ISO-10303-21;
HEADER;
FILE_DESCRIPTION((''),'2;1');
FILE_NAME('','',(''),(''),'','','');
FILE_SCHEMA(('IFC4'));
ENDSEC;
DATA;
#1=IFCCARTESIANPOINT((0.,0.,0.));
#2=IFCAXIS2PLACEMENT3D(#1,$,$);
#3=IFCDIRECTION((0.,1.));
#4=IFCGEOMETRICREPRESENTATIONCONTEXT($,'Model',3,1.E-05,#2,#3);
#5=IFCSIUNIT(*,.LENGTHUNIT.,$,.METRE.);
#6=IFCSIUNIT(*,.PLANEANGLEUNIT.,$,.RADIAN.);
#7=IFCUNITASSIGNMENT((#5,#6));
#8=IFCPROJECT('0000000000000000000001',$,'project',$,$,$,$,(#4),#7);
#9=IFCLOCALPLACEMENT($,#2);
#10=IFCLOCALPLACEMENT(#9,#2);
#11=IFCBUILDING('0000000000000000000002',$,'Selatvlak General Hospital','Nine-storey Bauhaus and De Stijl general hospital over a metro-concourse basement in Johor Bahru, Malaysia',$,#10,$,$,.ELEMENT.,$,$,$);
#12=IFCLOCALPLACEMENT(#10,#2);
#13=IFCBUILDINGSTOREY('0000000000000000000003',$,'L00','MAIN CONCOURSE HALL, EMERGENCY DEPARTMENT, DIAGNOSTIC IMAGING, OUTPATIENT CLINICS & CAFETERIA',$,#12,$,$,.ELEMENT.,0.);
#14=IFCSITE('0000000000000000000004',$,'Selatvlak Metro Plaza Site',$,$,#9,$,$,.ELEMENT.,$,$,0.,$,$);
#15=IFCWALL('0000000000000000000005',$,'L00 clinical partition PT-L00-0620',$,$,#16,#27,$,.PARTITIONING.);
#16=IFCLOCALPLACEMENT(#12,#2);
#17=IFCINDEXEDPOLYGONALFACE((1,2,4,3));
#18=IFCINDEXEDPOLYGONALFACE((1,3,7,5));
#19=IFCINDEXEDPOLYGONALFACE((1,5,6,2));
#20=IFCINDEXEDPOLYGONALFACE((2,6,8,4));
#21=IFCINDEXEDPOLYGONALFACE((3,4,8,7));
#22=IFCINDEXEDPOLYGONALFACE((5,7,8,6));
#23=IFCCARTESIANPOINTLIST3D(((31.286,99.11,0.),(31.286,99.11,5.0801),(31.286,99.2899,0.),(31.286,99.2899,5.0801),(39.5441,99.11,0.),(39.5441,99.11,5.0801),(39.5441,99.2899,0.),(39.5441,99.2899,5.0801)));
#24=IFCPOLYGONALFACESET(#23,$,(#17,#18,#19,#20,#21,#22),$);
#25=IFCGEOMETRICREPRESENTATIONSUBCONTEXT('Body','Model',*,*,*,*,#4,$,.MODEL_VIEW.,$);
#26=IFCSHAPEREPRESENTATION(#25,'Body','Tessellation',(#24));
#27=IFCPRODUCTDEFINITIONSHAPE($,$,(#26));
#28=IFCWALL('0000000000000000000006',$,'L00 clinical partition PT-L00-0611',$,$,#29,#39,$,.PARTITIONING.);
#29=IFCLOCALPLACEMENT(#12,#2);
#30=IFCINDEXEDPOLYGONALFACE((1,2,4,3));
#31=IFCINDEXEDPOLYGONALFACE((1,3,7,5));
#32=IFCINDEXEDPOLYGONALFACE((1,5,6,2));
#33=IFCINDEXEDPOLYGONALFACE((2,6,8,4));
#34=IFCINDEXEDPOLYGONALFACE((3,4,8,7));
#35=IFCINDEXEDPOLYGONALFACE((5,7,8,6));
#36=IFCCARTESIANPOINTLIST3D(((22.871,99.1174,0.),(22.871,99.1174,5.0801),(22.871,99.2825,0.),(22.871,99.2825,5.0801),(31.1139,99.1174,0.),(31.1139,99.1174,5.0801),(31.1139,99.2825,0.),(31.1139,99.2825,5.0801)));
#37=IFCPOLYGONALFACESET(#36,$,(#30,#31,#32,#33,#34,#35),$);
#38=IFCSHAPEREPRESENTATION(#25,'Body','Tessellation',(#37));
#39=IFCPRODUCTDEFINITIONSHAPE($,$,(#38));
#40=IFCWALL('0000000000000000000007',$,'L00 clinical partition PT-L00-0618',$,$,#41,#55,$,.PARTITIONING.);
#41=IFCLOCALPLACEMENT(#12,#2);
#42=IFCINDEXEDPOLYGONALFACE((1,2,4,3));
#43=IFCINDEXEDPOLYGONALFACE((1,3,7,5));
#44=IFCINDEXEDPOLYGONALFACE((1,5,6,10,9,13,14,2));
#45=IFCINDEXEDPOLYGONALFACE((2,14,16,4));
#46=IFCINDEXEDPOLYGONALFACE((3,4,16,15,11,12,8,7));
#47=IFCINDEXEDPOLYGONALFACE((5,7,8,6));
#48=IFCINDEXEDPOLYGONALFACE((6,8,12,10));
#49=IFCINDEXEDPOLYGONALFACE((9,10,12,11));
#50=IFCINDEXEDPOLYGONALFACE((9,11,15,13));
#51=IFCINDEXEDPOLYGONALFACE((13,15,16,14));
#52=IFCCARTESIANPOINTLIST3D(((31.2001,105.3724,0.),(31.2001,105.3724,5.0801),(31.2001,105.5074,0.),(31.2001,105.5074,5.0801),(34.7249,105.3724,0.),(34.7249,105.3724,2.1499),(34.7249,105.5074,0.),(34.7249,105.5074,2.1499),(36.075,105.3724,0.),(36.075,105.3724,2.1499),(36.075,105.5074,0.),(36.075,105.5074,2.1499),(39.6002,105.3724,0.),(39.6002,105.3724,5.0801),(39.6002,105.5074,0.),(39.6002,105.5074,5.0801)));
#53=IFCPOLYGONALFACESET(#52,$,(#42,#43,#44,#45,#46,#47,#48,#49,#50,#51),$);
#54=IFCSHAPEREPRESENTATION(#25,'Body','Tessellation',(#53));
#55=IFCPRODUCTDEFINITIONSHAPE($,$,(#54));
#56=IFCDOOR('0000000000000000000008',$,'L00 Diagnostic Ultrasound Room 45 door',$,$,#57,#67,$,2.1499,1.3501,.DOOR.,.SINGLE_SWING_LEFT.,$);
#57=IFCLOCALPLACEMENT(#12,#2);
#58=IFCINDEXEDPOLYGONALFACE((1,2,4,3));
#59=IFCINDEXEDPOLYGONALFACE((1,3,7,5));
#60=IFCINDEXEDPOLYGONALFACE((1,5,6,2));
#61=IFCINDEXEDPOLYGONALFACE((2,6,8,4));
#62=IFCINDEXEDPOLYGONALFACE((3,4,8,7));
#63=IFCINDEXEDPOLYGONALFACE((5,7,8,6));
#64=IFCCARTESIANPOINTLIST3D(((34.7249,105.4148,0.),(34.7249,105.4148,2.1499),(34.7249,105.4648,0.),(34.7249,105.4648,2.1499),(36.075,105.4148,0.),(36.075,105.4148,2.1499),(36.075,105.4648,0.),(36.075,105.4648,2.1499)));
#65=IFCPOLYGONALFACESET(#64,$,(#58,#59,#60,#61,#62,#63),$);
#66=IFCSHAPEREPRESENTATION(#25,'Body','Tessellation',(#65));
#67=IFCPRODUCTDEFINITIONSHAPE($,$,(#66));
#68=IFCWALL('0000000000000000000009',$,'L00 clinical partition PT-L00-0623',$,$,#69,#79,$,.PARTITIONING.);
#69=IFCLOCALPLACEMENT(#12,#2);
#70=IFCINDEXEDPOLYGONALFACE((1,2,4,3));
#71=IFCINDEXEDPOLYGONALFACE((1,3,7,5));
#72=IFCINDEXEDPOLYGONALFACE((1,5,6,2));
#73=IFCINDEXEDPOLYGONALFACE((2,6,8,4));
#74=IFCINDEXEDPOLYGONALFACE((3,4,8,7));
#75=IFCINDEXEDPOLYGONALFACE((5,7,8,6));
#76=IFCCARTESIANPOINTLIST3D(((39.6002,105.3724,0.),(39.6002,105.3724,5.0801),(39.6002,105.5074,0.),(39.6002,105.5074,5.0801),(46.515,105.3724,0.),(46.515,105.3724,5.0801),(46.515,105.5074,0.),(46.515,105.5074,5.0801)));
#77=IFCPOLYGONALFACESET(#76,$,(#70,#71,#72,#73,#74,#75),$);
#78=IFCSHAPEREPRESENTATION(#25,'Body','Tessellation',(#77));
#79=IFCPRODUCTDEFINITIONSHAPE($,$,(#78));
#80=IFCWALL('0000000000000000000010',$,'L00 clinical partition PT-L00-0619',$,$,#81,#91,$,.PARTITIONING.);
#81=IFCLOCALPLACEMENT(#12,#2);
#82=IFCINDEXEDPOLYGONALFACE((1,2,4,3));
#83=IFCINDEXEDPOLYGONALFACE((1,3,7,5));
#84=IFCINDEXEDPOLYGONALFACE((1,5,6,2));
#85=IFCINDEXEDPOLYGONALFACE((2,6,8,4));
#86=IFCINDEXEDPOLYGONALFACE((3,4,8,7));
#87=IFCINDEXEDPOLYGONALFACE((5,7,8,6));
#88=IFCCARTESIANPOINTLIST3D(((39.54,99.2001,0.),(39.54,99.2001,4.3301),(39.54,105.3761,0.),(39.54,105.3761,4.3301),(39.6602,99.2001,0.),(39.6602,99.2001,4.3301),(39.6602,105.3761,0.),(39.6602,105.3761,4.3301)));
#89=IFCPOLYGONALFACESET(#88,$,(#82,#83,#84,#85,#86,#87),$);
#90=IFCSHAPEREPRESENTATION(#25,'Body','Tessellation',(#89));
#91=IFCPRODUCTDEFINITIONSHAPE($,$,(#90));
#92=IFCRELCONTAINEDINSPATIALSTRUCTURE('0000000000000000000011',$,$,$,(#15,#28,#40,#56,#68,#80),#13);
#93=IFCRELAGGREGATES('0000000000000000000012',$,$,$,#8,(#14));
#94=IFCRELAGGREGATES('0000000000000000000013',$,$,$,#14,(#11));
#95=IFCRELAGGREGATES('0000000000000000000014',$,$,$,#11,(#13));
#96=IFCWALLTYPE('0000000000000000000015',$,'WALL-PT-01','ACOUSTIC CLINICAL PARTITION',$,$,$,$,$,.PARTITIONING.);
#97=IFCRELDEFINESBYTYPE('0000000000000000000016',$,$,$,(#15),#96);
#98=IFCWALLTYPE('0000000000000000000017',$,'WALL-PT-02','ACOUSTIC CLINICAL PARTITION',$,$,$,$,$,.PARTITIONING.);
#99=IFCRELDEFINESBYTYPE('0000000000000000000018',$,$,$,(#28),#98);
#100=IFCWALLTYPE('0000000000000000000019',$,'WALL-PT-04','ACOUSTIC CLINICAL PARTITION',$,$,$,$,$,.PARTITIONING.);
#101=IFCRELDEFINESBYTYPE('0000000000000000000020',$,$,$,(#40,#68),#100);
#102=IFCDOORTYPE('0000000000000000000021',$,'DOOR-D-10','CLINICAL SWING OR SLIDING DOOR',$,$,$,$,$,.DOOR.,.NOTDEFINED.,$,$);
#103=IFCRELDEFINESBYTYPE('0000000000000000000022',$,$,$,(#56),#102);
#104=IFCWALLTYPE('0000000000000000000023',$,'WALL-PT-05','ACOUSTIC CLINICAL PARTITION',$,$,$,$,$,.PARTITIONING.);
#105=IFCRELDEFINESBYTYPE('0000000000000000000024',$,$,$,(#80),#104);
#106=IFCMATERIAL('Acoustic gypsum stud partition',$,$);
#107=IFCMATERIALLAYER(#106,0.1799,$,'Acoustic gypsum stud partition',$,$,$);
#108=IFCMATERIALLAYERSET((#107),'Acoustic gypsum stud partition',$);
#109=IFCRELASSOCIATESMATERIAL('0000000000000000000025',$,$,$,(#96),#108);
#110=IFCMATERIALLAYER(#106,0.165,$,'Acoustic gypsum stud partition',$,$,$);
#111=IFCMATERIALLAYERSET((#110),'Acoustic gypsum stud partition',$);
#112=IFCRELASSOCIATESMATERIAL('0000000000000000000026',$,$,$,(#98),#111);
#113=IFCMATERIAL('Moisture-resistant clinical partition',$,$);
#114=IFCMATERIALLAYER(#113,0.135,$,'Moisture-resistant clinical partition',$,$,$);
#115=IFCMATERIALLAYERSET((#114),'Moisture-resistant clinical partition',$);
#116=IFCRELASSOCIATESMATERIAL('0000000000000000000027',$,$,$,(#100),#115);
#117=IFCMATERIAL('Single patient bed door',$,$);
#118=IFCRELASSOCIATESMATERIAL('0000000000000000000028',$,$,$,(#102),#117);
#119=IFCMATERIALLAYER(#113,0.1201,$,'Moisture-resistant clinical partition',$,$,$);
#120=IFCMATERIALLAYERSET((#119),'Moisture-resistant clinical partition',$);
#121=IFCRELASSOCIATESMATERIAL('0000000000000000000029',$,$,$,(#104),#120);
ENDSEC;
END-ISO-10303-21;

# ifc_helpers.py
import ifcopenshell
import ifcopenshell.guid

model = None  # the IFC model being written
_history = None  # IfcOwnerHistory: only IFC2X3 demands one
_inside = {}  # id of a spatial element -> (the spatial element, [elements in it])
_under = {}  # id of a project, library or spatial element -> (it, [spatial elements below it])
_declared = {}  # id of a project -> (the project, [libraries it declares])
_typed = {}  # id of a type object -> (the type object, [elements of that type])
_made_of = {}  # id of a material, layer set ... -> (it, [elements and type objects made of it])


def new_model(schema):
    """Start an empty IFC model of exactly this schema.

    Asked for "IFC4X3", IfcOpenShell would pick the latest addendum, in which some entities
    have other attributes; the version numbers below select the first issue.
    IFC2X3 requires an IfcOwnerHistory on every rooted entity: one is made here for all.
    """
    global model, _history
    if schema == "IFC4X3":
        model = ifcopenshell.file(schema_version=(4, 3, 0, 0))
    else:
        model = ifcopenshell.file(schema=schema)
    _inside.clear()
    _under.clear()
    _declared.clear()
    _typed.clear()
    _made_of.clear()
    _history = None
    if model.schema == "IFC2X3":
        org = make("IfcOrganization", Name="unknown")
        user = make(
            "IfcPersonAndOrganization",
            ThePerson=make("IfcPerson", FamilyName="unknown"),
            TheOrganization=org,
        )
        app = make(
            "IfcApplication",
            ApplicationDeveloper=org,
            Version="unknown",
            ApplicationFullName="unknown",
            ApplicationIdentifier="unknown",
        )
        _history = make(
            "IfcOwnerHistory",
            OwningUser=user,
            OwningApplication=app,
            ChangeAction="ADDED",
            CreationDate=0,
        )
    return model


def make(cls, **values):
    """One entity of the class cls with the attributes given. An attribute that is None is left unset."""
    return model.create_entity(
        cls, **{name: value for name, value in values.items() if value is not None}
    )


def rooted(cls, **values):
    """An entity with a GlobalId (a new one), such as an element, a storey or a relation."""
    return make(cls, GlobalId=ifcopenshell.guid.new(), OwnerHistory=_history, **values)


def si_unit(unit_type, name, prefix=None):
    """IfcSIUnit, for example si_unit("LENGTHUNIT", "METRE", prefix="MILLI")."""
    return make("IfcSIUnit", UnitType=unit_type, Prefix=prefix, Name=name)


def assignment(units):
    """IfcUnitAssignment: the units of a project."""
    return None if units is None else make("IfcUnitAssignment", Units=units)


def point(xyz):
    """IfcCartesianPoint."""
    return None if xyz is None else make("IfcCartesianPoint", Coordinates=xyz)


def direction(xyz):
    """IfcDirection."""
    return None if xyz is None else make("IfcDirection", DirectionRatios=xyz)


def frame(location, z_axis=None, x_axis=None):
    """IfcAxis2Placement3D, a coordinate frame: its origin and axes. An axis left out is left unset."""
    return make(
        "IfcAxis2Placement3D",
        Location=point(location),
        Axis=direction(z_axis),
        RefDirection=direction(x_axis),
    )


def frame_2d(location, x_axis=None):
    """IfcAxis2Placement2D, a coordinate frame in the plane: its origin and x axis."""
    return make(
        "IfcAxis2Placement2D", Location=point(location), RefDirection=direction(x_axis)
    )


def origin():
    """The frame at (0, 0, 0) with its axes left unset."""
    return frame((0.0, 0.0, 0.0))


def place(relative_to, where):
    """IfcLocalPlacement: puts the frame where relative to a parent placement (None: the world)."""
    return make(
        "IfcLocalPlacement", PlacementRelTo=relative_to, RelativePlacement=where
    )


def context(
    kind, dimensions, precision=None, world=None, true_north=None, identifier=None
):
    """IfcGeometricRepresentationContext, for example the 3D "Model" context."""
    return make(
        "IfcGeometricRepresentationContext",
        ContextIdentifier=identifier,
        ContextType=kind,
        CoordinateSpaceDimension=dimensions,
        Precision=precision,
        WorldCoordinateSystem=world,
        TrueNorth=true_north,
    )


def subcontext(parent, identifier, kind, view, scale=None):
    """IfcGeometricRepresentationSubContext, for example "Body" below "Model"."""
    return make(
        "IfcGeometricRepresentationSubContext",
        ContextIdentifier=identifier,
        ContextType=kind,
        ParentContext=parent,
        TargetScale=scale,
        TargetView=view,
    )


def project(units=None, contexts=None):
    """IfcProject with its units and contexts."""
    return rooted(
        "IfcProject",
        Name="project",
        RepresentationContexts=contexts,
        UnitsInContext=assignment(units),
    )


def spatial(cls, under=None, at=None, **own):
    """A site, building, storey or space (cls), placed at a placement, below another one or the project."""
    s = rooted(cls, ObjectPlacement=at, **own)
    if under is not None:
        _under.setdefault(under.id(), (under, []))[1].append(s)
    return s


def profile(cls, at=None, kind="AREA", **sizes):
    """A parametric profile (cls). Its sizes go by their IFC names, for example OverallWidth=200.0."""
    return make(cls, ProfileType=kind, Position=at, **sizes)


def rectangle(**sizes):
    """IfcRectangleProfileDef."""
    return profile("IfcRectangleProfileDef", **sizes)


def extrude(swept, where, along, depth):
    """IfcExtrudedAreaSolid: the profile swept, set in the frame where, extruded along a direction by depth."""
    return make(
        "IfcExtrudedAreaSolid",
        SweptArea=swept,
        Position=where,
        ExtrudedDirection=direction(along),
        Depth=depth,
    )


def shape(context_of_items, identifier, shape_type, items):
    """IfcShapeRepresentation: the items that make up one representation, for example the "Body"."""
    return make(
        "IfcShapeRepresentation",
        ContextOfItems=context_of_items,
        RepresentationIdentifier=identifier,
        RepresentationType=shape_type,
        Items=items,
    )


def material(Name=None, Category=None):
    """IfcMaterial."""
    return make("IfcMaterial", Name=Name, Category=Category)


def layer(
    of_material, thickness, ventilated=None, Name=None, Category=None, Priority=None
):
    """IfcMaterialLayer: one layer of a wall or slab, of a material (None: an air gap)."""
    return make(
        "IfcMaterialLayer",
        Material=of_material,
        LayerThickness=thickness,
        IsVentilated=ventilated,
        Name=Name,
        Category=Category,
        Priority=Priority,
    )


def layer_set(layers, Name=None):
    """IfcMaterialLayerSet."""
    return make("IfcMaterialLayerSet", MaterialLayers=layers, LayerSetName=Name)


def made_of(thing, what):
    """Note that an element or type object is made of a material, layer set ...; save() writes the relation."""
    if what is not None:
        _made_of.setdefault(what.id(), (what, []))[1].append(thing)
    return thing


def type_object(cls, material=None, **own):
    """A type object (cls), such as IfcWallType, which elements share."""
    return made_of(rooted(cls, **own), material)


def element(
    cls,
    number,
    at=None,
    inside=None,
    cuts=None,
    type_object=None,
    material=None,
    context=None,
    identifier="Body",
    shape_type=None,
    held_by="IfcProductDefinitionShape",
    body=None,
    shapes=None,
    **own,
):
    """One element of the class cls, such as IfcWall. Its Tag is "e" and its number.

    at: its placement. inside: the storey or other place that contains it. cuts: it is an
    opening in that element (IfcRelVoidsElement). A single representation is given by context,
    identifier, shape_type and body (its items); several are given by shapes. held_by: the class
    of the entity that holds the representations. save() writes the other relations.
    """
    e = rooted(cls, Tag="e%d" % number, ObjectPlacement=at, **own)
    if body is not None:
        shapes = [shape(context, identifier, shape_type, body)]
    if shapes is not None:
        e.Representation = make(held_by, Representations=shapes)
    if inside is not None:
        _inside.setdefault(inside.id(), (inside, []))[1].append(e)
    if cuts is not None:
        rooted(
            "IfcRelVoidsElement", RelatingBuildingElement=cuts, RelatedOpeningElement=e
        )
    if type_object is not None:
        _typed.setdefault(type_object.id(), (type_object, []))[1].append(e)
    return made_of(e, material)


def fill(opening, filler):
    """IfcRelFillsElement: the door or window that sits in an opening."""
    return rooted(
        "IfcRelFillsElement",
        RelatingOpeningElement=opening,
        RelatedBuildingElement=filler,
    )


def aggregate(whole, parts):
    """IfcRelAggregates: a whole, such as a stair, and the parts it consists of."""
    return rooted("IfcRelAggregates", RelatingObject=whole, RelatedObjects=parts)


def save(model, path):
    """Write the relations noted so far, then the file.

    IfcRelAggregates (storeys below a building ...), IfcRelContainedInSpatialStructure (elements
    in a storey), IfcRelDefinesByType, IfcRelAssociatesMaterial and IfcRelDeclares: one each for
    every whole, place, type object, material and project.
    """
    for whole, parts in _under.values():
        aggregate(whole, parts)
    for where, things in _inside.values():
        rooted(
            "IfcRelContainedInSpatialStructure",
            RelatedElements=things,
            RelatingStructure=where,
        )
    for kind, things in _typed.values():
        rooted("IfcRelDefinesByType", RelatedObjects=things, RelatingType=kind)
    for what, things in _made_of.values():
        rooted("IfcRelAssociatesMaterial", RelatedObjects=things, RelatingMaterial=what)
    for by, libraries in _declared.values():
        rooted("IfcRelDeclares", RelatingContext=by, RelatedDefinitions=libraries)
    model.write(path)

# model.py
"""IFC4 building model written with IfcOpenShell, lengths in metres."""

from ifc_helpers import new_model, si_unit, direction, frame, frame_2d, origin, place, context, subcontext, project, spatial, rectangle, extrude, material, layer, layer_set, type_object, element, fill, save


model = new_model("IFC4")

# Units and contexts
model_context = context("Model", 3, precision=1e-05, world=origin(), true_north=direction((0.0, 1.0)))
body_context = subcontext(model_context, "Body", "Model", "MODEL_VIEW")
ifc_project = project(units=[si_unit("LENGTHUNIT", "METRE"), si_unit("PLANEANGLEUNIT", "RADIAN")], contexts=[model_context])

# Site, building, storey
site_placement = place(None, origin())
site = spatial("IfcSite", under=ifc_project, at=site_placement, Name="Selatvlak Metro Plaza Site", CompositionType="ELEMENT", RefElevation=0.0)
building_placement = place(site_placement, origin())
building = spatial("IfcBuilding", under=site, at=building_placement, Name="Selatvlak General Hospital", Description="Nine-storey Bauhaus and De Stijl general hospital over a metro-concourse basement in Johor Bahru, Malaysia", CompositionType="ELEMENT")
storey_placement = place(building_placement, origin())
storey = spatial("IfcBuildingStorey", under=building, at=storey_placement, Name="L00", Description="MAIN CONCOURSE HALL, EMERGENCY DEPARTMENT, DIAGNOSTIC IMAGING, OUTPATIENT CLINICS & CAFETERIA", CompositionType="ELEMENT", Elevation=0.0)

# Walls
ifc_material_1 = material(Name="Acoustic gypsum stud partition")
ifc_layer_1 = layer(ifc_material_1, 0.1799, Name="Acoustic gypsum stud partition")
ifc_layer_set_1 = layer_set([ifc_layer_1], Name="Acoustic gypsum stud partition")
wall_type_1 = type_object("IfcWallType", Name="WALL-PT-01", Description="ACOUSTIC CLINICAL PARTITION", PredefinedType="PARTITIONING", material=ifc_layer_set_1)
wall_1_placement = place(storey_placement, frame((39.5439, 99.2, 0.0), z_axis=(0.0, 0.0, 1.0), x_axis=(-1.0, 0.0, 0.0)))
element("IfcWall", 1, at=wall_1_placement, inside=storey, type_object=wall_type_1, Name="L00 clinical partition PT-L00-0620", PredefinedType="PARTITIONING", context=body_context, shape_type="SweptSolid", body=[
    extrude(rectangle(XDim=8.2581, YDim=0.1799, at=frame_2d((4.1289, 0.0))), origin(), (0.0, 0.0, 1.0), 5.0801),
])
ifc_layer_2 = layer(ifc_material_1, 0.165, Name="Acoustic gypsum stud partition")
ifc_layer_set_2 = layer_set([ifc_layer_2], Name="Acoustic gypsum stud partition")
wall_type_2 = type_object("IfcWallType", Name="WALL-PT-02", Description="ACOUSTIC CLINICAL PARTITION", PredefinedType="PARTITIONING", material=ifc_layer_set_2)
wall_2_placement = place(storey_placement, frame((31.114, 99.2, 0.0), z_axis=(0.0, 0.0, 1.0), x_axis=(-1.0, 0.0, 0.0)))
element("IfcWall", 2, at=wall_2_placement, inside=storey, type_object=wall_type_2, Name="L00 clinical partition PT-L00-0611", PredefinedType="PARTITIONING", context=body_context, shape_type="SweptSolid", body=[
    extrude(rectangle(XDim=8.2429, YDim=0.165, at=frame_2d((4.1216, 0.0))), origin(), (0.0, 0.0, 1.0), 5.0801),
])

# Wall, opening, door
ifc_material_2 = material(Name="Moisture-resistant clinical partition")
ifc_layer_3 = layer(ifc_material_2, 0.135, Name="Moisture-resistant clinical partition")
ifc_layer_set_3 = layer_set([ifc_layer_3], Name="Moisture-resistant clinical partition")
wall_type_3 = type_object("IfcWallType", Name="WALL-PT-04", Description="ACOUSTIC CLINICAL PARTITION", PredefinedType="PARTITIONING", material=ifc_layer_set_3)
wall_3_placement = place(storey_placement, frame((31.2, 105.4399, 0.0), z_axis=(0.0, 0.0, 1.0), x_axis=(1.0, 0.0, 0.0)))
wall_3 = element("IfcWall", 3, at=wall_3_placement, inside=storey, type_object=wall_type_3, Name="L00 clinical partition PT-L00-0618", PredefinedType="PARTITIONING", context=body_context, shape_type="SweptSolid", body=[
    extrude(rectangle(XDim=8.4001, YDim=0.135, at=frame_2d((4.2002, 0.0))), origin(), (0.0, 0.0, 1.0), 5.0801),
])
opening_placement = place(wall_3_placement, frame((3.5249, 0.0, 0.0)))
opening = element("IfcOpeningElement", 4, at=opening_placement, cuts=wall_3, PredefinedType="OPENING", context=body_context, shape_type="SweptSolid", body=[
    extrude(rectangle(XDim=1.3501, YDim=2.1499, at=frame_2d((0.675, 1.075))), frame((0.0, 0.0774, 0.0), z_axis=(0.0, -1.0, 0.0), x_axis=(1.0, 0.0, 0.0)), (0.0, 0.0, 1.0), 0.155),
])
ifc_material_3 = material(Name="Single patient bed door")
door_type = type_object("IfcDoorType", Name="DOOR-D-10", Description="CLINICAL SWING OR SLIDING DOOR", OperationType="NOTDEFINED", PredefinedType="DOOR", material=ifc_material_3)
door_placement = place(opening_placement, origin())
door = element("IfcDoor", 5, at=door_placement, inside=storey, type_object=door_type, Name="L00 Diagnostic Ultrasound Room 45 door", OperationType="SINGLE_SWING_LEFT", OverallHeight=2.1499, OverallWidth=1.3501, PredefinedType="DOOR", context=body_context, shape_type="SweptSolid", body=[
    extrude(rectangle(XDim=1.3501, YDim=2.1499, at=frame_2d((0.675, 1.075))), frame((0.0, 0.0249, 0.0), z_axis=(0.0, -1.0, 0.0), x_axis=(1.0, 0.0, 0.0)), (0.0, 0.0, 1.0), 0.05),
])
fill(opening, door)

# Walls
wall_4_placement = place(storey_placement, frame((39.6001, 105.4399, 0.0), z_axis=(0.0, 0.0, 1.0), x_axis=(1.0, 0.0, 0.0)))
element("IfcWall", 6, at=wall_4_placement, inside=storey, type_object=wall_type_3, Name="L00 clinical partition PT-L00-0623", PredefinedType="PARTITIONING", context=body_context, shape_type="SweptSolid", body=[
    extrude(rectangle(XDim=6.9148, YDim=0.135, at=frame_2d((3.4575, 0.0))), origin(), (0.0, 0.0, 1.0), 5.0801),
])
ifc_layer_4 = layer(ifc_material_2, 0.1201, Name="Moisture-resistant clinical partition")
ifc_layer_set_4 = layer_set([ifc_layer_4], Name="Moisture-resistant clinical partition")
wall_type_4 = type_object("IfcWallType", Name="WALL-PT-05", Description="ACOUSTIC CLINICAL PARTITION", PredefinedType="PARTITIONING", material=ifc_layer_set_4)
wall_5_placement = place(storey_placement, frame((39.6001, 105.376, 0.0), z_axis=(0.0, 0.0, 1.0), x_axis=(0.0, -1.0, 0.0)))
element("IfcWall", 7, at=wall_5_placement, inside=storey, type_object=wall_type_4, Name="L00 clinical partition PT-L00-0619", PredefinedType="PARTITIONING", context=body_context, shape_type="SweptSolid", body=[
    extrude(rectangle(XDim=6.176, YDim=0.1201, at=frame_2d((3.0879, 0.0))), origin(), (0.0, 0.0, 1.0), 4.3301),
])

save(model, "model.ifc")
